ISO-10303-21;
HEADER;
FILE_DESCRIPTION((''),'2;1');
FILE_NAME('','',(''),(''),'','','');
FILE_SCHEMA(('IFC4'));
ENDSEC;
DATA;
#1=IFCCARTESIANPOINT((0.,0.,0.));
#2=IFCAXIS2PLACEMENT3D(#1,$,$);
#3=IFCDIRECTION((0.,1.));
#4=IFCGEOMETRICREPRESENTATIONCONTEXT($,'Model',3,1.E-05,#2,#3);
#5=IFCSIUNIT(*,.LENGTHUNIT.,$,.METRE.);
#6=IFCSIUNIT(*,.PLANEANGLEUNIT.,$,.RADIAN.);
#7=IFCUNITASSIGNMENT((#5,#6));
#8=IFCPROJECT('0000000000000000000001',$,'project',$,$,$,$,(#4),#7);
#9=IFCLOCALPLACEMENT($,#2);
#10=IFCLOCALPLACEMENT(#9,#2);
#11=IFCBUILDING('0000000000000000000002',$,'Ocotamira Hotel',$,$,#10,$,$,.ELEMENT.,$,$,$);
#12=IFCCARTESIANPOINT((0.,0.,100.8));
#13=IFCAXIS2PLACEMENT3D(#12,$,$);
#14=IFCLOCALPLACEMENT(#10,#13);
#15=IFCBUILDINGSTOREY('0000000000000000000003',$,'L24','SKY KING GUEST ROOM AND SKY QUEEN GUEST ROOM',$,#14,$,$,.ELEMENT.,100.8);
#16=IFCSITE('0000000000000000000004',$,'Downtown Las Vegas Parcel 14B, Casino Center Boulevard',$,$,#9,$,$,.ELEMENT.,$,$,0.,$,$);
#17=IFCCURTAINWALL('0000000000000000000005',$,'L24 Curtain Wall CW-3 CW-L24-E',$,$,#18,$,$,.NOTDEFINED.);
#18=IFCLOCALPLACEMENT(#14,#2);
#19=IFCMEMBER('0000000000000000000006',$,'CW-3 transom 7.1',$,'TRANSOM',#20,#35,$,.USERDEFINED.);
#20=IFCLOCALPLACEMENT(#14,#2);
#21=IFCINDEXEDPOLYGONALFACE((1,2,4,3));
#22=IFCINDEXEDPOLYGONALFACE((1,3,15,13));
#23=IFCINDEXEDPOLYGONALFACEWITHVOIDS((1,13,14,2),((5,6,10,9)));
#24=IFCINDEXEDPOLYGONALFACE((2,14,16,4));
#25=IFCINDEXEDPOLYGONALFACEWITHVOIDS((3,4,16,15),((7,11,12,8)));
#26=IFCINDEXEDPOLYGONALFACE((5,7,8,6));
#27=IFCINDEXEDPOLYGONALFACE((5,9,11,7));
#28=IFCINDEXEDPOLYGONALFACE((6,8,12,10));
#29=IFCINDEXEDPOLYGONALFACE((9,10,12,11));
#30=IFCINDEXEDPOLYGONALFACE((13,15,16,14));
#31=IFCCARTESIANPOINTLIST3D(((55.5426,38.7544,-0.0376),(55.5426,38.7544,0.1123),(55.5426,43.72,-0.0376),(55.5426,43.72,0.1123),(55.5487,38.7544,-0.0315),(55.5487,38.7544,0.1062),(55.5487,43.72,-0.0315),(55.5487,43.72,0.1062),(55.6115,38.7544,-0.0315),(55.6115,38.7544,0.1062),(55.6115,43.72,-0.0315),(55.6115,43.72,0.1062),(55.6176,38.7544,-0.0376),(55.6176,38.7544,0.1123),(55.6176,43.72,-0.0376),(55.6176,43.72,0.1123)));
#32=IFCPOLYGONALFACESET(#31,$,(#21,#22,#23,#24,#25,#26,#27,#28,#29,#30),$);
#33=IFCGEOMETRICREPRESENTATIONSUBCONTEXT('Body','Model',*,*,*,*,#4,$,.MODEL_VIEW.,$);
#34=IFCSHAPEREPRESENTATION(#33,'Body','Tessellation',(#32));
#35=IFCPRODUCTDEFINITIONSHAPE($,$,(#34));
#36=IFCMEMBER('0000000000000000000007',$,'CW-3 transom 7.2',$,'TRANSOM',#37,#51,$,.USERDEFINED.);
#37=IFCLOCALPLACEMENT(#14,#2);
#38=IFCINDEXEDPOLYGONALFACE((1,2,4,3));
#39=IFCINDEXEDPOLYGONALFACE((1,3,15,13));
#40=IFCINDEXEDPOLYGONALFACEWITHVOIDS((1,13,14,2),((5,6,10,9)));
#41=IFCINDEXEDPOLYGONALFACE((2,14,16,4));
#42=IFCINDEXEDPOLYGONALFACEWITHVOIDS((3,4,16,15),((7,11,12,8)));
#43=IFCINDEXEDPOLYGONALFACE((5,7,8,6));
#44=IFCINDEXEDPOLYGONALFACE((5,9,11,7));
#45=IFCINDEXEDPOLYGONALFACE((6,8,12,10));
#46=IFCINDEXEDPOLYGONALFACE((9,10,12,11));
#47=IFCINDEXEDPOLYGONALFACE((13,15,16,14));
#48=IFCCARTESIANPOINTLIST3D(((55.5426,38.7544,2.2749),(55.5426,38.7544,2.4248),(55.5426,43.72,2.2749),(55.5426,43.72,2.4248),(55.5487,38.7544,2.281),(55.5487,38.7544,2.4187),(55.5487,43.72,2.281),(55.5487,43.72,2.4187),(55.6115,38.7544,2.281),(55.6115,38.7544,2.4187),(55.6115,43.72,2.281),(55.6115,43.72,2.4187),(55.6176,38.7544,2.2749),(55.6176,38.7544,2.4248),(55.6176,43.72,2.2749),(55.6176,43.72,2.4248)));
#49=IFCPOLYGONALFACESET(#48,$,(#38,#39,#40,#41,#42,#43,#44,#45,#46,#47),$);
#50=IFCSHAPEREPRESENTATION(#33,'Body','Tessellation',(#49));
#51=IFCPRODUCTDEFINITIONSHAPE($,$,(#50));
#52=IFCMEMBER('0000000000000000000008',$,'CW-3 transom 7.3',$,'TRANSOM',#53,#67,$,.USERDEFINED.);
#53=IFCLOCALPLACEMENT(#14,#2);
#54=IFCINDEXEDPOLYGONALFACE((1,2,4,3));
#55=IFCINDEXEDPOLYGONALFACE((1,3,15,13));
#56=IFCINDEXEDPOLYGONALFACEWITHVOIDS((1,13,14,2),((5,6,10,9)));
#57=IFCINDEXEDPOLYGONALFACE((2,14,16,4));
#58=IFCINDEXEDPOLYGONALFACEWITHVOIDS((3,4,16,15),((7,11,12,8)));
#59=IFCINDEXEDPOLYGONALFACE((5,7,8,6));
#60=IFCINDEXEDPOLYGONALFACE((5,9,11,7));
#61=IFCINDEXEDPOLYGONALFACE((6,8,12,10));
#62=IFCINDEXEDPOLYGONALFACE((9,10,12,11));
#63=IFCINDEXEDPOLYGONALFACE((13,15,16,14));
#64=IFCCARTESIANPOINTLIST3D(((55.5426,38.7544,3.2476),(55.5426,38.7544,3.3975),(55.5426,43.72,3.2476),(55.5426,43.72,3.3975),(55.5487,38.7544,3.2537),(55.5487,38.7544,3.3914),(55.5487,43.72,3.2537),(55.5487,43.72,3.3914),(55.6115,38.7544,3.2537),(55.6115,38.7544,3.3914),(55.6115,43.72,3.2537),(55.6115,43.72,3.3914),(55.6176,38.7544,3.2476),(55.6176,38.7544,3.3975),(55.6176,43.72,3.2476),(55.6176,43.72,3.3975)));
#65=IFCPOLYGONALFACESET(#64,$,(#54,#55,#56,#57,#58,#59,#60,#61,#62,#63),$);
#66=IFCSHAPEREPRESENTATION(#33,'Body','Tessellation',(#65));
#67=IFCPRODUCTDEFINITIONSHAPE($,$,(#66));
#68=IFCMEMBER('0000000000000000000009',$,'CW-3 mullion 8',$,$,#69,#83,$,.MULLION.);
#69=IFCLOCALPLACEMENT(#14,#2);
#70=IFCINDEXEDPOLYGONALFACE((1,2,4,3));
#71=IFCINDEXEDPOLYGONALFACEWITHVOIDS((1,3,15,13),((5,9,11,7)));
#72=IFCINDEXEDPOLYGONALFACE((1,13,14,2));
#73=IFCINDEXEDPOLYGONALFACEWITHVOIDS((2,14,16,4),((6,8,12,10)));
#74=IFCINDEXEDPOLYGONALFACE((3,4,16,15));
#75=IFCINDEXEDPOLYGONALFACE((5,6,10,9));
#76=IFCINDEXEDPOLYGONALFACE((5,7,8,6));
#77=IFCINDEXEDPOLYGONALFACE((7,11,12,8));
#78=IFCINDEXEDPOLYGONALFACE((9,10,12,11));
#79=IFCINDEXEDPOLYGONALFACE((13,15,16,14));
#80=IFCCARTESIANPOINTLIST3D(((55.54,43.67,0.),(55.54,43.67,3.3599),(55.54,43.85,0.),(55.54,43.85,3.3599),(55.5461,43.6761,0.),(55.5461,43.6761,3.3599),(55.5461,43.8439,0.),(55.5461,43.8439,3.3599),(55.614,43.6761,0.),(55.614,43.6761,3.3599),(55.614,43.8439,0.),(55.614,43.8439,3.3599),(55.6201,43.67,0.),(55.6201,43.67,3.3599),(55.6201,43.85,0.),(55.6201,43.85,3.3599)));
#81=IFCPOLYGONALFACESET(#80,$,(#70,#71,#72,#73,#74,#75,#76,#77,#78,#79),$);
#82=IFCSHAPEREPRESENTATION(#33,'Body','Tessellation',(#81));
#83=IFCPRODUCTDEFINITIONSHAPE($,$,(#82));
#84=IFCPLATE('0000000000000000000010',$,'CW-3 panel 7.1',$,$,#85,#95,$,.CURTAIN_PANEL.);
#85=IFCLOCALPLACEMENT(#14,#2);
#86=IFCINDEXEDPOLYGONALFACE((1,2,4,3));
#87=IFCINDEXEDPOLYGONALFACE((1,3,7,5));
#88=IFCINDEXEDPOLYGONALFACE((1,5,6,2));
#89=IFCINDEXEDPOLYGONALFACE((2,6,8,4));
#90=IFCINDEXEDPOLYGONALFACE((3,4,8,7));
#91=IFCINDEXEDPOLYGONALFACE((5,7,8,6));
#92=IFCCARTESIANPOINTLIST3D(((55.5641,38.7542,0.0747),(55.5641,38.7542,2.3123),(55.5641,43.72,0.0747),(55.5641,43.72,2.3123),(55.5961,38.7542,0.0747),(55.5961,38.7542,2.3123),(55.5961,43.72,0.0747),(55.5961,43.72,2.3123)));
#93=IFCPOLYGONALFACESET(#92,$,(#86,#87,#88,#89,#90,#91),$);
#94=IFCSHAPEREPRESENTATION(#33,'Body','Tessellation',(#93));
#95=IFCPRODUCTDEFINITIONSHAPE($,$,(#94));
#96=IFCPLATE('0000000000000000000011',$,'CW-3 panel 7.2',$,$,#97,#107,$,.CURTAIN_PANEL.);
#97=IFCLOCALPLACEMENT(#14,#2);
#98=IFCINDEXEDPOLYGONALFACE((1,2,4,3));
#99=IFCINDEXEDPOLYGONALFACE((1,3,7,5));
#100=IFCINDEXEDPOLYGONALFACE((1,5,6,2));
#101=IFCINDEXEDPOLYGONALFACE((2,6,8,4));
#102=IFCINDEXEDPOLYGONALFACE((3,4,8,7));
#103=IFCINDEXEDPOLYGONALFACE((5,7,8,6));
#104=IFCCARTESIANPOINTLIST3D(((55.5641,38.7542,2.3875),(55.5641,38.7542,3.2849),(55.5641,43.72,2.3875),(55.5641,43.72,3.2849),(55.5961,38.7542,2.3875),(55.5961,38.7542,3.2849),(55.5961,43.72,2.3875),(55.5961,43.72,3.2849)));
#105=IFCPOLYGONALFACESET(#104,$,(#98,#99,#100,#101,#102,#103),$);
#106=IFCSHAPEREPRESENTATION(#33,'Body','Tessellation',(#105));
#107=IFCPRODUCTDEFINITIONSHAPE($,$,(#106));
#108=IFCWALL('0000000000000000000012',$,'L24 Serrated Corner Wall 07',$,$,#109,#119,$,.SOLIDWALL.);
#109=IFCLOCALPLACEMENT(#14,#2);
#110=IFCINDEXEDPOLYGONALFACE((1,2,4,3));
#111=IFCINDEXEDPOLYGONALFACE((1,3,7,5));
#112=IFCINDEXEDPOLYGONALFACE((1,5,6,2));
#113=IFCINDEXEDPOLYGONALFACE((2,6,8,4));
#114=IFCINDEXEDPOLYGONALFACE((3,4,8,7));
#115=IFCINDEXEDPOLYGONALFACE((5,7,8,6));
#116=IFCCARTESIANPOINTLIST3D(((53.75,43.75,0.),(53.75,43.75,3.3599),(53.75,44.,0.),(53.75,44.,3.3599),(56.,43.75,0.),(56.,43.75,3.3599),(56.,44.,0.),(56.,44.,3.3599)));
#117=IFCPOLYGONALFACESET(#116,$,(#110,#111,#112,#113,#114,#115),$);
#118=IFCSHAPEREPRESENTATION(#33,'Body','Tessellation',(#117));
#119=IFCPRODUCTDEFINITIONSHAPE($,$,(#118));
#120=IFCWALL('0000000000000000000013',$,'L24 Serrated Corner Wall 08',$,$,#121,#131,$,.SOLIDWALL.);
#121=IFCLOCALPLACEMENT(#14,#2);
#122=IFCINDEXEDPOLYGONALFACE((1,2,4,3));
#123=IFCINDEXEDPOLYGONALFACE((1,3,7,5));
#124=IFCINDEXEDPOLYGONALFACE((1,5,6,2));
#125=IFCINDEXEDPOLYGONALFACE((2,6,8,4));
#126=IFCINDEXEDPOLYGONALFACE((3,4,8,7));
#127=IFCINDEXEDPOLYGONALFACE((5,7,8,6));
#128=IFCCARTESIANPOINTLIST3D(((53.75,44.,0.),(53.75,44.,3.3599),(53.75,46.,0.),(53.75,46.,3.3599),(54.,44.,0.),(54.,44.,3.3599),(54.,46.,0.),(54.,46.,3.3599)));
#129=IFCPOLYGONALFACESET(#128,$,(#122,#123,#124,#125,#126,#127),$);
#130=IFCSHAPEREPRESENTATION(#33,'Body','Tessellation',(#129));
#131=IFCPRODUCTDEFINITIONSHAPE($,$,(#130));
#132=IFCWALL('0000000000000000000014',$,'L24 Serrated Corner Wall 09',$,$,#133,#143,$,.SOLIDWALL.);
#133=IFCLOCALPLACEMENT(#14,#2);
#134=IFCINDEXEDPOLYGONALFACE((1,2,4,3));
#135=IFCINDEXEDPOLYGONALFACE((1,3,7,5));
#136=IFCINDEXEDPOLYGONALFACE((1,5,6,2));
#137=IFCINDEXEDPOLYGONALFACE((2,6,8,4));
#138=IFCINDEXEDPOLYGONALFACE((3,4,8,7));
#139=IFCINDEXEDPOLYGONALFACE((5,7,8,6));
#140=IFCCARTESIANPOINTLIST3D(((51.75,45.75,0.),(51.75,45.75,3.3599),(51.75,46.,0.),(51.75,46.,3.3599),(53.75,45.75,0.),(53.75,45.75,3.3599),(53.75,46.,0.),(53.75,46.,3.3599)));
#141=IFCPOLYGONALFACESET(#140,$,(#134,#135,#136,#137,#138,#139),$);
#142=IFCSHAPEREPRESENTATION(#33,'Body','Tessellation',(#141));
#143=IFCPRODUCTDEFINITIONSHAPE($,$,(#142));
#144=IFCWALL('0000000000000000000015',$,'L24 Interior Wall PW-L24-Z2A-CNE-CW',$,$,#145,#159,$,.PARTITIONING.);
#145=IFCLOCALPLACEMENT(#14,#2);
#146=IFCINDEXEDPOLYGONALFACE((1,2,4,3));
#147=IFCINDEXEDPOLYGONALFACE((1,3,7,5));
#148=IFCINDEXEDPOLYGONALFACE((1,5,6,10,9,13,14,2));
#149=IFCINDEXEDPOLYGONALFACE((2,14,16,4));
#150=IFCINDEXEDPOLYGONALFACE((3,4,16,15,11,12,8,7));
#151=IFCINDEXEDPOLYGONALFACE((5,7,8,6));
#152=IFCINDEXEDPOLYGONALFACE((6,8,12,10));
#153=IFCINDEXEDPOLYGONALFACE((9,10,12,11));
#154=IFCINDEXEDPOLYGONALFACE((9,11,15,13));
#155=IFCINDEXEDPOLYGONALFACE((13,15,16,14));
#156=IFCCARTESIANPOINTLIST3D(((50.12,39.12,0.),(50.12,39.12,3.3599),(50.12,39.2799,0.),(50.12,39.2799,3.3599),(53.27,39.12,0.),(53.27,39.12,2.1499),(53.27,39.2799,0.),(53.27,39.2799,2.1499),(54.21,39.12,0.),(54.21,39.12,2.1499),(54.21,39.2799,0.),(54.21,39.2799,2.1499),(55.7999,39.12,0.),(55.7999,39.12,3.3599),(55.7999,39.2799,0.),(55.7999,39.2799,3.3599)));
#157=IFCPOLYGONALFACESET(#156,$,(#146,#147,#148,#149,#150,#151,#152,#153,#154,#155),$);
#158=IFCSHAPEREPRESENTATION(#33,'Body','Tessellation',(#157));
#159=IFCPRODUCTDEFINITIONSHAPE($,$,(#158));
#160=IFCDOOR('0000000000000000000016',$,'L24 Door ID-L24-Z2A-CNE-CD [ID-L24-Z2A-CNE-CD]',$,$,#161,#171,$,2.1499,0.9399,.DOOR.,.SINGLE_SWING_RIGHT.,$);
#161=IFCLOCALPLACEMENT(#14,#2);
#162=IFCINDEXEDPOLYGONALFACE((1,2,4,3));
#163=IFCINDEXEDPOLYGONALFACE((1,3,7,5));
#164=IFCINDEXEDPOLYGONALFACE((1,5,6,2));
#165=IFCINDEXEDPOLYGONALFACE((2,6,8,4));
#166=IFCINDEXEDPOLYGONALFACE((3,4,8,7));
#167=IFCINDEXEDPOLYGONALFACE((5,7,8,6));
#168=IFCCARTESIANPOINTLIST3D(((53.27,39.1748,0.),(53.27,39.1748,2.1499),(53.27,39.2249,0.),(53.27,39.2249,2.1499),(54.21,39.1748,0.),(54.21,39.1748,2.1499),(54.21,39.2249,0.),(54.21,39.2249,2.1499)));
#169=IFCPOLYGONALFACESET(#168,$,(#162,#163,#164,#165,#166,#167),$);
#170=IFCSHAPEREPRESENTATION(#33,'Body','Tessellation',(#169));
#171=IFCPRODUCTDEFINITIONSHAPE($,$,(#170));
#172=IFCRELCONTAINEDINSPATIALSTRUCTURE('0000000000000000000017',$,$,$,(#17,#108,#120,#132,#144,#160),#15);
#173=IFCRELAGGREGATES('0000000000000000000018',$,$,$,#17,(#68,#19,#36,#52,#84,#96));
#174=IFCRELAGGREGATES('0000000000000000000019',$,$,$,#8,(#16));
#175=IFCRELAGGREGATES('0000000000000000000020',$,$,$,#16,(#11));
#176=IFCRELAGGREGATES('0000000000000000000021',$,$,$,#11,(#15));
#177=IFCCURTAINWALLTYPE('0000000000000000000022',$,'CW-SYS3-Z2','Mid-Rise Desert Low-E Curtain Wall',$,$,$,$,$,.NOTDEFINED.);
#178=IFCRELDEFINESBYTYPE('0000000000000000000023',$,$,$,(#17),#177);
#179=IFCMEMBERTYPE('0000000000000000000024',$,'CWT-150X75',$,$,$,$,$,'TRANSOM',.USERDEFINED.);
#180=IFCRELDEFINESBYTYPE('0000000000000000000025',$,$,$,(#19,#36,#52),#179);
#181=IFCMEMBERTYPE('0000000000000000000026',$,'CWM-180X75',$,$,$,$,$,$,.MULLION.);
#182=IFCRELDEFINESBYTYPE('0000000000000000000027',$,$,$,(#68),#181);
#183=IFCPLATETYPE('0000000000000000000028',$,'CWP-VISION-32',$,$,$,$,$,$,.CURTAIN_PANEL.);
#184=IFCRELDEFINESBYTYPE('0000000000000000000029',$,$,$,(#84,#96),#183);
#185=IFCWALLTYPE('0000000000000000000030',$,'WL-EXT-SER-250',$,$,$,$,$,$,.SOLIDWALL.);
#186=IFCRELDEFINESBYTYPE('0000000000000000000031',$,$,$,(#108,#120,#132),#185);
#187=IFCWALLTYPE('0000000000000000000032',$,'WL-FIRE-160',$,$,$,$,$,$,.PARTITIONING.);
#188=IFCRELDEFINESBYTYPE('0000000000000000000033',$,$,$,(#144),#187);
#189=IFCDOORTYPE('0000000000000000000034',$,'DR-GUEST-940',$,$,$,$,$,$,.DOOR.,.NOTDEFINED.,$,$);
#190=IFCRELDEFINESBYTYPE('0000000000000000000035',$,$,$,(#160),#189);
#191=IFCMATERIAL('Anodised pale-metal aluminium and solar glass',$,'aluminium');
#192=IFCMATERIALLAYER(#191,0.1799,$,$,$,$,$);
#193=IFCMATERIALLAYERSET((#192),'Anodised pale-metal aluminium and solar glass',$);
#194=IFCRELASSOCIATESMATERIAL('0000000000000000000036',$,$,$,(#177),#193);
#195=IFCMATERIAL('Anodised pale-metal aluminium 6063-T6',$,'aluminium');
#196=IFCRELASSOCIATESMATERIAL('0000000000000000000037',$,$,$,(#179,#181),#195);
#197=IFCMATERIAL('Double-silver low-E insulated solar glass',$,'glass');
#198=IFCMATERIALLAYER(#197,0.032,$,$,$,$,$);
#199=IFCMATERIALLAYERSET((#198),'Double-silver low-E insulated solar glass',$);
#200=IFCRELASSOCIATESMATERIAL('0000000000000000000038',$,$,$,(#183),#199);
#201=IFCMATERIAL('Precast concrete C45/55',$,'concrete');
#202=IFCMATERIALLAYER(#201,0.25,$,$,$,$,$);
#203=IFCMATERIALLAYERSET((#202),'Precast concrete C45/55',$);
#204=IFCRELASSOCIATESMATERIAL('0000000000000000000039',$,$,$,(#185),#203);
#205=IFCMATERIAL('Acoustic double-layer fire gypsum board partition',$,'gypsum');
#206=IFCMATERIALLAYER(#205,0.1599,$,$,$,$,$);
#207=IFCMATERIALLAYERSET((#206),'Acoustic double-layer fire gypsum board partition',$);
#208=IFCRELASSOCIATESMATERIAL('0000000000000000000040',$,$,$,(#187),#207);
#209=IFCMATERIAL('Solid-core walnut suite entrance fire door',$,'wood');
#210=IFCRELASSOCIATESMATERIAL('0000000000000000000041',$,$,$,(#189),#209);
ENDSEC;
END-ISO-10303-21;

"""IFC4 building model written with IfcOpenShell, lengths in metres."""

from ifc_helpers import new_model, si_unit, direction, frame, frame_2d, origin, origin_2d, place, context, subcontext, project, spatial, rectangle, hollow_rectangle, extrude, source, transform, mapped, material, layer, layer_set, material_profile, profile_set, type_object, element, fill, aggregate, save


model = new_model("IFC4")

# Units and contexts
model_context = context("Model", 3, precision=1e-05, world=origin(), true_north=direction((0.0, 1.0)))
body_context = subcontext(model_context, "Body", "Model", "MODEL_VIEW")
ifc_project = project(units=[si_unit("LENGTHUNIT", "METRE"), si_unit("PLANEANGLEUNIT", "RADIAN")], contexts=[model_context])

# Site, building, storey
site_placement = place(None, origin())
site = spatial("IfcSite", under=ifc_project, at=site_placement, Name="Downtown Las Vegas Parcel 14B, Casino Center Boulevard", CompositionType="ELEMENT", RefElevation=0.0)
building_placement = place(site_placement, origin())
building = spatial("IfcBuilding", under=site, at=building_placement, Name="Ocotamira Hotel", CompositionType="ELEMENT")
storey_placement = place(building_placement, frame((0.0, 0.0, 100.8)))
storey = spatial("IfcBuildingStorey", under=building, at=storey_placement, Name="L24", Description="SKY KING GUEST ROOM AND SKY QUEEN GUEST ROOM", CompositionType="ELEMENT", Elevation=100.8)

# Curtain wall, members, plates
ifc_material_1 = material(Name="Anodised pale-metal aluminium and solar glass", Category="aluminium")
ifc_layer_1 = layer(ifc_material_1, 0.1799)
ifc_layer_set_1 = layer_set([ifc_layer_1], Name="Anodised pale-metal aluminium and solar glass")
curtain_wall_type = type_object("IfcCurtainWallType", Name="CW-SYS3-Z2", Description="Mid-Rise Desert Low-E Curtain Wall", PredefinedType="NOTDEFINED", material=ifc_layer_set_1)
curtain_wall_placement = place(storey_placement, origin())
curtain_wall = element("IfcCurtainWall", 1, at=curtain_wall_placement, inside=storey, type_object=curtain_wall_type, Name="L24 Curtain Wall CW-3 CW-L24-E", PredefinedType="NOTDEFINED")
ifc_material_2 = material(Name="Anodised pale-metal aluminium 6063-T6", Category="aluminium")
ifc_material_profile_1 = material_profile(ifc_material_2, hollow_rectangle(XDim=0.075, YDim=0.1499, WallThickness=0.0061, at=origin_2d()), Name="HSS150X75X6")
ifc_profile_set_1 = profile_set([ifc_material_profile_1], Name="Anodised pale-metal aluminium 6063-T6")
member_type_1 = type_object("IfcMemberType", Name="CWT-150X75", ElementType="TRANSOM", PredefinedType="USERDEFINED", material=ifc_profile_set_1)
shared_shape_1 = source(origin(), body_context, "Body", "SweptSolid", [
    extrude(hollow_rectangle(XDim=0.075, YDim=0.1499, WallThickness=0.0061, at=origin_2d()), origin(), (0.0, 0.0, 1.0), 4.9656),
])
member_1_placement = place(storey_placement, frame((55.5801, 38.7544, 0.0374), z_axis=(0.0, 1.0, 0.0), x_axis=(-1.0, 0.0, 0.0)))
member_1 = element("IfcMember", 2, at=member_1_placement, type_object=member_type_1, Name="CW-3 transom 7.1", ObjectType="TRANSOM", PredefinedType="USERDEFINED", context=body_context, shape_type="MappedRepresentation", body=[
    mapped(shared_shape_1, transform((0.0, 0.0, 0.0), scale=1.0)),
])
member_2_placement = place(storey_placement, frame((55.5801, 38.7544, 2.3499), z_axis=(0.0, 1.0, 0.0), x_axis=(-1.0, 0.0, 0.0)))
member_2 = element("IfcMember", 3, at=member_2_placement, type_object=member_type_1, Name="CW-3 transom 7.2", ObjectType="TRANSOM", PredefinedType="USERDEFINED", context=body_context, shape_type="MappedRepresentation", body=[
    mapped(shared_shape_1, transform((0.0, 0.0, 0.0), scale=1.0)),
])
member_3_placement = place(storey_placement, frame((55.5801, 38.7544, 3.3225), z_axis=(0.0, 1.0, 0.0), x_axis=(-1.0, 0.0, 0.0)))
member_3 = element("IfcMember", 4, at=member_3_placement, type_object=member_type_1, Name="CW-3 transom 7.3", ObjectType="TRANSOM", PredefinedType="USERDEFINED", context=body_context, shape_type="MappedRepresentation", body=[
    mapped(shared_shape_1, transform((0.0, 0.0, 0.0), scale=1.0)),
])
ifc_material_profile_2 = material_profile(ifc_material_2, hollow_rectangle(XDim=0.0801, YDim=0.1799, WallThickness=0.0061, at=origin_2d()), Name="HSS180X80X6")
ifc_profile_set_2 = profile_set([ifc_material_profile_2], Name="Anodised pale-metal aluminium 6063-T6")
member_type_2 = type_object("IfcMemberType", Name="CWM-180X75", PredefinedType="MULLION", material=ifc_profile_set_2)
shared_shape_2 = source(origin(), body_context, "Body", "SweptSolid", [
    extrude(hollow_rectangle(XDim=0.0801, YDim=0.1799, WallThickness=0.0061, at=origin_2d()), origin(), (0.0, 0.0, 1.0), 3.3599),
])
member_4_placement = place(storey_placement, frame((55.5801, 43.76, 0.0), z_axis=(0.0, 0.0, 1.0), x_axis=(-1.0, 0.0, 0.0)))
member_4 = element("IfcMember", 5, at=member_4_placement, type_object=member_type_2, Name="CW-3 mullion 8", PredefinedType="MULLION", context=body_context, shape_type="MappedRepresentation", body=[
    mapped(shared_shape_2, transform((0.0, 0.0, 0.0), scale=1.0)),
])
ifc_material_3 = material(Name="Double-silver low-E insulated solar glass", Category="glass")
ifc_layer_2 = layer(ifc_material_3, 0.032)
ifc_layer_set_2 = layer_set([ifc_layer_2], Name="Double-silver low-E insulated solar glass")
plate_type = type_object("IfcPlateType", Name="CWP-VISION-32", PredefinedType="CURTAIN_PANEL", material=ifc_layer_set_2)
shared_shape_3 = source(origin(), body_context, "Body", "SweptSolid", [
    extrude(rectangle(XDim=4.9658, YDim=0.032, at=origin_2d()), origin(), (0.0, 0.0, 1.0), 2.2375),
])
plate_1_placement = place(storey_placement, frame((55.5801, 41.2371, 0.0747), z_axis=(0.0, 0.0, 1.0), x_axis=(0.0, 1.0, 0.0)))
plate_1 = element("IfcPlate", 6, at=plate_1_placement, type_object=plate_type, Name="CW-3 panel 7.1", PredefinedType="CURTAIN_PANEL", context=body_context, shape_type="MappedRepresentation", body=[
    mapped(shared_shape_3, transform((0.0, 0.0, 0.0), scale=1.0)),
])
shared_shape_4 = source(origin(), body_context, "Body", "SweptSolid", [
    extrude(rectangle(XDim=4.9658, YDim=0.032, at=origin_2d()), origin(), (0.0, 0.0, 1.0), 0.8975),
])
plate_2_placement = place(storey_placement, frame((55.5801, 41.2371, 2.3875), z_axis=(0.0, 0.0, 1.0), x_axis=(0.0, 1.0, 0.0)))
plate_2 = element("IfcPlate", 7, at=plate_2_placement, type_object=plate_type, Name="CW-3 panel 7.2", PredefinedType="CURTAIN_PANEL", context=body_context, shape_type="MappedRepresentation", body=[
    mapped(shared_shape_4, transform((0.0, 0.0, 0.0), scale=1.0)),
])
aggregate(curtain_wall, [member_4, member_1, member_2, member_3, plate_1, plate_2])

# Walls
ifc_material_4 = material(Name="Precast concrete C45/55", Category="concrete")
ifc_layer_3 = layer(ifc_material_4, 0.25)
ifc_layer_set_3 = layer_set([ifc_layer_3], Name="Precast concrete C45/55")
wall_type_1 = type_object("IfcWallType", Name="WL-EXT-SER-250", PredefinedType="SOLIDWALL", material=ifc_layer_set_3)
wall_1_placement = place(storey_placement, frame((56.0, 43.875, 0.0), z_axis=(0.0, 0.0, 1.0), x_axis=(-1.0, 0.0, 0.0)))
element("IfcWall", 8, at=wall_1_placement, inside=storey, type_object=wall_type_1, Name="L24 Serrated Corner Wall 07", PredefinedType="SOLIDWALL", context=body_context, shape_type="SweptSolid", body=[
    extrude(rectangle(XDim=2.25, YDim=0.25, at=frame_2d((1.125, 0.0))), origin(), (0.0, 0.0, 1.0), 3.3599),
])
for number, where, z_axis, x_axis, name in (
    (9, (53.875, 44.0, 0.0), (0.0, 0.0, 1.0), (0.0, 1.0, 0.0), "L24 Serrated Corner Wall 08"),
    (10, (53.75, 45.875, 0.0), (0.0, 0.0, 1.0), (-1.0, 0.0, 0.0), "L24 Serrated Corner Wall 09"),
):
    element("IfcWall", number, at=place(storey_placement, frame(where, z_axis=z_axis, x_axis=x_axis)), inside=storey, type_object=wall_type_1, Name=name, PredefinedType="SOLIDWALL", context=body_context, shape_type="SweptSolid", body=[
        extrude(rectangle(XDim=2.0, YDim=0.25, at=frame_2d((1.0, 0.0))), origin(), (0.0, 0.0, 1.0), 3.3599),
    ])

# Wall, opening, door
ifc_material_5 = material(Name="Acoustic double-layer fire gypsum board partition", Category="gypsum")
ifc_layer_4 = layer(ifc_material_5, 0.1599)
ifc_layer_set_4 = layer_set([ifc_layer_4], Name="Acoustic double-layer fire gypsum board partition")
wall_type_2 = type_object("IfcWallType", Name="WL-FIRE-160", PredefinedType="PARTITIONING", material=ifc_layer_set_4)
wall_2_placement = place(storey_placement, frame((50.1201, 39.2, 0.0), z_axis=(0.0, 0.0, 1.0), x_axis=(1.0, 0.0, 0.0)))
wall_2 = element("IfcWall", 11, at=wall_2_placement, inside=storey, type_object=wall_type_2, Name="L24 Interior Wall PW-L24-Z2A-CNE-CW", PredefinedType="PARTITIONING", context=body_context, shape_type="SweptSolid", body=[
    extrude(rectangle(XDim=5.6799, YDim=0.1599, at=frame_2d((2.8398, 0.0))), origin(), (0.0, 0.0, 1.0), 3.3599),
])
opening_1_placement = place(wall_2_placement, frame((3.1499, 0.0, 0.0)))
opening_1 = element("IfcOpeningElement", 12, at=opening_1_placement, cuts=wall_2, PredefinedType="OPENING", context=body_context, shape_type="SweptSolid", body=[
    extrude(rectangle(XDim=0.9399, YDim=2.1499, at=frame_2d((0.47, 1.075))), frame((0.0, 0.0898, 0.0), z_axis=(0.0, -1.0, 0.0), x_axis=(1.0, 0.0, 0.0)), (0.0, 0.0, 1.0), 0.1799),
])
ifc_material_6 = material(Name="Solid-core walnut suite entrance fire door", Category="wood")
door_type_1 = type_object("IfcDoorType", Name="DR-GUEST-940", OperationType="NOTDEFINED", PredefinedType="DOOR", material=ifc_material_6)
shared_shape_5 = source(origin(), body_context, "Body", "SweptSolid", [
    extrude(rectangle(XDim=0.9399, YDim=2.1499, at=frame_2d((0.47, 1.075))), frame((0.0, 0.0249, 0.0), z_axis=(0.0, -1.0, 0.0), x_axis=(1.0, 0.0, 0.0)), (0.0, 0.0, 1.0), 0.05),
])
door_1_placement = place(opening_1_placement, origin())
door_1 = element("IfcDoor", 13, at=door_1_placement, inside=storey, type_object=door_type_1, Name="L24 Door ID-L24-Z2A-CNE-CD [ID-L24-Z2A-CNE-CD]", OperationType="SINGLE_SWING_RIGHT", OverallHeight=2.1499, OverallWidth=0.9399, PredefinedType="DOOR", context=body_context, shape_type="MappedRepresentation", body=[
    mapped(shared_shape_5, transform((0.0, 0.0, 0.0), scale=1.0)),
])
fill(opening_1, door_1)

save(model, "model.ifc")
